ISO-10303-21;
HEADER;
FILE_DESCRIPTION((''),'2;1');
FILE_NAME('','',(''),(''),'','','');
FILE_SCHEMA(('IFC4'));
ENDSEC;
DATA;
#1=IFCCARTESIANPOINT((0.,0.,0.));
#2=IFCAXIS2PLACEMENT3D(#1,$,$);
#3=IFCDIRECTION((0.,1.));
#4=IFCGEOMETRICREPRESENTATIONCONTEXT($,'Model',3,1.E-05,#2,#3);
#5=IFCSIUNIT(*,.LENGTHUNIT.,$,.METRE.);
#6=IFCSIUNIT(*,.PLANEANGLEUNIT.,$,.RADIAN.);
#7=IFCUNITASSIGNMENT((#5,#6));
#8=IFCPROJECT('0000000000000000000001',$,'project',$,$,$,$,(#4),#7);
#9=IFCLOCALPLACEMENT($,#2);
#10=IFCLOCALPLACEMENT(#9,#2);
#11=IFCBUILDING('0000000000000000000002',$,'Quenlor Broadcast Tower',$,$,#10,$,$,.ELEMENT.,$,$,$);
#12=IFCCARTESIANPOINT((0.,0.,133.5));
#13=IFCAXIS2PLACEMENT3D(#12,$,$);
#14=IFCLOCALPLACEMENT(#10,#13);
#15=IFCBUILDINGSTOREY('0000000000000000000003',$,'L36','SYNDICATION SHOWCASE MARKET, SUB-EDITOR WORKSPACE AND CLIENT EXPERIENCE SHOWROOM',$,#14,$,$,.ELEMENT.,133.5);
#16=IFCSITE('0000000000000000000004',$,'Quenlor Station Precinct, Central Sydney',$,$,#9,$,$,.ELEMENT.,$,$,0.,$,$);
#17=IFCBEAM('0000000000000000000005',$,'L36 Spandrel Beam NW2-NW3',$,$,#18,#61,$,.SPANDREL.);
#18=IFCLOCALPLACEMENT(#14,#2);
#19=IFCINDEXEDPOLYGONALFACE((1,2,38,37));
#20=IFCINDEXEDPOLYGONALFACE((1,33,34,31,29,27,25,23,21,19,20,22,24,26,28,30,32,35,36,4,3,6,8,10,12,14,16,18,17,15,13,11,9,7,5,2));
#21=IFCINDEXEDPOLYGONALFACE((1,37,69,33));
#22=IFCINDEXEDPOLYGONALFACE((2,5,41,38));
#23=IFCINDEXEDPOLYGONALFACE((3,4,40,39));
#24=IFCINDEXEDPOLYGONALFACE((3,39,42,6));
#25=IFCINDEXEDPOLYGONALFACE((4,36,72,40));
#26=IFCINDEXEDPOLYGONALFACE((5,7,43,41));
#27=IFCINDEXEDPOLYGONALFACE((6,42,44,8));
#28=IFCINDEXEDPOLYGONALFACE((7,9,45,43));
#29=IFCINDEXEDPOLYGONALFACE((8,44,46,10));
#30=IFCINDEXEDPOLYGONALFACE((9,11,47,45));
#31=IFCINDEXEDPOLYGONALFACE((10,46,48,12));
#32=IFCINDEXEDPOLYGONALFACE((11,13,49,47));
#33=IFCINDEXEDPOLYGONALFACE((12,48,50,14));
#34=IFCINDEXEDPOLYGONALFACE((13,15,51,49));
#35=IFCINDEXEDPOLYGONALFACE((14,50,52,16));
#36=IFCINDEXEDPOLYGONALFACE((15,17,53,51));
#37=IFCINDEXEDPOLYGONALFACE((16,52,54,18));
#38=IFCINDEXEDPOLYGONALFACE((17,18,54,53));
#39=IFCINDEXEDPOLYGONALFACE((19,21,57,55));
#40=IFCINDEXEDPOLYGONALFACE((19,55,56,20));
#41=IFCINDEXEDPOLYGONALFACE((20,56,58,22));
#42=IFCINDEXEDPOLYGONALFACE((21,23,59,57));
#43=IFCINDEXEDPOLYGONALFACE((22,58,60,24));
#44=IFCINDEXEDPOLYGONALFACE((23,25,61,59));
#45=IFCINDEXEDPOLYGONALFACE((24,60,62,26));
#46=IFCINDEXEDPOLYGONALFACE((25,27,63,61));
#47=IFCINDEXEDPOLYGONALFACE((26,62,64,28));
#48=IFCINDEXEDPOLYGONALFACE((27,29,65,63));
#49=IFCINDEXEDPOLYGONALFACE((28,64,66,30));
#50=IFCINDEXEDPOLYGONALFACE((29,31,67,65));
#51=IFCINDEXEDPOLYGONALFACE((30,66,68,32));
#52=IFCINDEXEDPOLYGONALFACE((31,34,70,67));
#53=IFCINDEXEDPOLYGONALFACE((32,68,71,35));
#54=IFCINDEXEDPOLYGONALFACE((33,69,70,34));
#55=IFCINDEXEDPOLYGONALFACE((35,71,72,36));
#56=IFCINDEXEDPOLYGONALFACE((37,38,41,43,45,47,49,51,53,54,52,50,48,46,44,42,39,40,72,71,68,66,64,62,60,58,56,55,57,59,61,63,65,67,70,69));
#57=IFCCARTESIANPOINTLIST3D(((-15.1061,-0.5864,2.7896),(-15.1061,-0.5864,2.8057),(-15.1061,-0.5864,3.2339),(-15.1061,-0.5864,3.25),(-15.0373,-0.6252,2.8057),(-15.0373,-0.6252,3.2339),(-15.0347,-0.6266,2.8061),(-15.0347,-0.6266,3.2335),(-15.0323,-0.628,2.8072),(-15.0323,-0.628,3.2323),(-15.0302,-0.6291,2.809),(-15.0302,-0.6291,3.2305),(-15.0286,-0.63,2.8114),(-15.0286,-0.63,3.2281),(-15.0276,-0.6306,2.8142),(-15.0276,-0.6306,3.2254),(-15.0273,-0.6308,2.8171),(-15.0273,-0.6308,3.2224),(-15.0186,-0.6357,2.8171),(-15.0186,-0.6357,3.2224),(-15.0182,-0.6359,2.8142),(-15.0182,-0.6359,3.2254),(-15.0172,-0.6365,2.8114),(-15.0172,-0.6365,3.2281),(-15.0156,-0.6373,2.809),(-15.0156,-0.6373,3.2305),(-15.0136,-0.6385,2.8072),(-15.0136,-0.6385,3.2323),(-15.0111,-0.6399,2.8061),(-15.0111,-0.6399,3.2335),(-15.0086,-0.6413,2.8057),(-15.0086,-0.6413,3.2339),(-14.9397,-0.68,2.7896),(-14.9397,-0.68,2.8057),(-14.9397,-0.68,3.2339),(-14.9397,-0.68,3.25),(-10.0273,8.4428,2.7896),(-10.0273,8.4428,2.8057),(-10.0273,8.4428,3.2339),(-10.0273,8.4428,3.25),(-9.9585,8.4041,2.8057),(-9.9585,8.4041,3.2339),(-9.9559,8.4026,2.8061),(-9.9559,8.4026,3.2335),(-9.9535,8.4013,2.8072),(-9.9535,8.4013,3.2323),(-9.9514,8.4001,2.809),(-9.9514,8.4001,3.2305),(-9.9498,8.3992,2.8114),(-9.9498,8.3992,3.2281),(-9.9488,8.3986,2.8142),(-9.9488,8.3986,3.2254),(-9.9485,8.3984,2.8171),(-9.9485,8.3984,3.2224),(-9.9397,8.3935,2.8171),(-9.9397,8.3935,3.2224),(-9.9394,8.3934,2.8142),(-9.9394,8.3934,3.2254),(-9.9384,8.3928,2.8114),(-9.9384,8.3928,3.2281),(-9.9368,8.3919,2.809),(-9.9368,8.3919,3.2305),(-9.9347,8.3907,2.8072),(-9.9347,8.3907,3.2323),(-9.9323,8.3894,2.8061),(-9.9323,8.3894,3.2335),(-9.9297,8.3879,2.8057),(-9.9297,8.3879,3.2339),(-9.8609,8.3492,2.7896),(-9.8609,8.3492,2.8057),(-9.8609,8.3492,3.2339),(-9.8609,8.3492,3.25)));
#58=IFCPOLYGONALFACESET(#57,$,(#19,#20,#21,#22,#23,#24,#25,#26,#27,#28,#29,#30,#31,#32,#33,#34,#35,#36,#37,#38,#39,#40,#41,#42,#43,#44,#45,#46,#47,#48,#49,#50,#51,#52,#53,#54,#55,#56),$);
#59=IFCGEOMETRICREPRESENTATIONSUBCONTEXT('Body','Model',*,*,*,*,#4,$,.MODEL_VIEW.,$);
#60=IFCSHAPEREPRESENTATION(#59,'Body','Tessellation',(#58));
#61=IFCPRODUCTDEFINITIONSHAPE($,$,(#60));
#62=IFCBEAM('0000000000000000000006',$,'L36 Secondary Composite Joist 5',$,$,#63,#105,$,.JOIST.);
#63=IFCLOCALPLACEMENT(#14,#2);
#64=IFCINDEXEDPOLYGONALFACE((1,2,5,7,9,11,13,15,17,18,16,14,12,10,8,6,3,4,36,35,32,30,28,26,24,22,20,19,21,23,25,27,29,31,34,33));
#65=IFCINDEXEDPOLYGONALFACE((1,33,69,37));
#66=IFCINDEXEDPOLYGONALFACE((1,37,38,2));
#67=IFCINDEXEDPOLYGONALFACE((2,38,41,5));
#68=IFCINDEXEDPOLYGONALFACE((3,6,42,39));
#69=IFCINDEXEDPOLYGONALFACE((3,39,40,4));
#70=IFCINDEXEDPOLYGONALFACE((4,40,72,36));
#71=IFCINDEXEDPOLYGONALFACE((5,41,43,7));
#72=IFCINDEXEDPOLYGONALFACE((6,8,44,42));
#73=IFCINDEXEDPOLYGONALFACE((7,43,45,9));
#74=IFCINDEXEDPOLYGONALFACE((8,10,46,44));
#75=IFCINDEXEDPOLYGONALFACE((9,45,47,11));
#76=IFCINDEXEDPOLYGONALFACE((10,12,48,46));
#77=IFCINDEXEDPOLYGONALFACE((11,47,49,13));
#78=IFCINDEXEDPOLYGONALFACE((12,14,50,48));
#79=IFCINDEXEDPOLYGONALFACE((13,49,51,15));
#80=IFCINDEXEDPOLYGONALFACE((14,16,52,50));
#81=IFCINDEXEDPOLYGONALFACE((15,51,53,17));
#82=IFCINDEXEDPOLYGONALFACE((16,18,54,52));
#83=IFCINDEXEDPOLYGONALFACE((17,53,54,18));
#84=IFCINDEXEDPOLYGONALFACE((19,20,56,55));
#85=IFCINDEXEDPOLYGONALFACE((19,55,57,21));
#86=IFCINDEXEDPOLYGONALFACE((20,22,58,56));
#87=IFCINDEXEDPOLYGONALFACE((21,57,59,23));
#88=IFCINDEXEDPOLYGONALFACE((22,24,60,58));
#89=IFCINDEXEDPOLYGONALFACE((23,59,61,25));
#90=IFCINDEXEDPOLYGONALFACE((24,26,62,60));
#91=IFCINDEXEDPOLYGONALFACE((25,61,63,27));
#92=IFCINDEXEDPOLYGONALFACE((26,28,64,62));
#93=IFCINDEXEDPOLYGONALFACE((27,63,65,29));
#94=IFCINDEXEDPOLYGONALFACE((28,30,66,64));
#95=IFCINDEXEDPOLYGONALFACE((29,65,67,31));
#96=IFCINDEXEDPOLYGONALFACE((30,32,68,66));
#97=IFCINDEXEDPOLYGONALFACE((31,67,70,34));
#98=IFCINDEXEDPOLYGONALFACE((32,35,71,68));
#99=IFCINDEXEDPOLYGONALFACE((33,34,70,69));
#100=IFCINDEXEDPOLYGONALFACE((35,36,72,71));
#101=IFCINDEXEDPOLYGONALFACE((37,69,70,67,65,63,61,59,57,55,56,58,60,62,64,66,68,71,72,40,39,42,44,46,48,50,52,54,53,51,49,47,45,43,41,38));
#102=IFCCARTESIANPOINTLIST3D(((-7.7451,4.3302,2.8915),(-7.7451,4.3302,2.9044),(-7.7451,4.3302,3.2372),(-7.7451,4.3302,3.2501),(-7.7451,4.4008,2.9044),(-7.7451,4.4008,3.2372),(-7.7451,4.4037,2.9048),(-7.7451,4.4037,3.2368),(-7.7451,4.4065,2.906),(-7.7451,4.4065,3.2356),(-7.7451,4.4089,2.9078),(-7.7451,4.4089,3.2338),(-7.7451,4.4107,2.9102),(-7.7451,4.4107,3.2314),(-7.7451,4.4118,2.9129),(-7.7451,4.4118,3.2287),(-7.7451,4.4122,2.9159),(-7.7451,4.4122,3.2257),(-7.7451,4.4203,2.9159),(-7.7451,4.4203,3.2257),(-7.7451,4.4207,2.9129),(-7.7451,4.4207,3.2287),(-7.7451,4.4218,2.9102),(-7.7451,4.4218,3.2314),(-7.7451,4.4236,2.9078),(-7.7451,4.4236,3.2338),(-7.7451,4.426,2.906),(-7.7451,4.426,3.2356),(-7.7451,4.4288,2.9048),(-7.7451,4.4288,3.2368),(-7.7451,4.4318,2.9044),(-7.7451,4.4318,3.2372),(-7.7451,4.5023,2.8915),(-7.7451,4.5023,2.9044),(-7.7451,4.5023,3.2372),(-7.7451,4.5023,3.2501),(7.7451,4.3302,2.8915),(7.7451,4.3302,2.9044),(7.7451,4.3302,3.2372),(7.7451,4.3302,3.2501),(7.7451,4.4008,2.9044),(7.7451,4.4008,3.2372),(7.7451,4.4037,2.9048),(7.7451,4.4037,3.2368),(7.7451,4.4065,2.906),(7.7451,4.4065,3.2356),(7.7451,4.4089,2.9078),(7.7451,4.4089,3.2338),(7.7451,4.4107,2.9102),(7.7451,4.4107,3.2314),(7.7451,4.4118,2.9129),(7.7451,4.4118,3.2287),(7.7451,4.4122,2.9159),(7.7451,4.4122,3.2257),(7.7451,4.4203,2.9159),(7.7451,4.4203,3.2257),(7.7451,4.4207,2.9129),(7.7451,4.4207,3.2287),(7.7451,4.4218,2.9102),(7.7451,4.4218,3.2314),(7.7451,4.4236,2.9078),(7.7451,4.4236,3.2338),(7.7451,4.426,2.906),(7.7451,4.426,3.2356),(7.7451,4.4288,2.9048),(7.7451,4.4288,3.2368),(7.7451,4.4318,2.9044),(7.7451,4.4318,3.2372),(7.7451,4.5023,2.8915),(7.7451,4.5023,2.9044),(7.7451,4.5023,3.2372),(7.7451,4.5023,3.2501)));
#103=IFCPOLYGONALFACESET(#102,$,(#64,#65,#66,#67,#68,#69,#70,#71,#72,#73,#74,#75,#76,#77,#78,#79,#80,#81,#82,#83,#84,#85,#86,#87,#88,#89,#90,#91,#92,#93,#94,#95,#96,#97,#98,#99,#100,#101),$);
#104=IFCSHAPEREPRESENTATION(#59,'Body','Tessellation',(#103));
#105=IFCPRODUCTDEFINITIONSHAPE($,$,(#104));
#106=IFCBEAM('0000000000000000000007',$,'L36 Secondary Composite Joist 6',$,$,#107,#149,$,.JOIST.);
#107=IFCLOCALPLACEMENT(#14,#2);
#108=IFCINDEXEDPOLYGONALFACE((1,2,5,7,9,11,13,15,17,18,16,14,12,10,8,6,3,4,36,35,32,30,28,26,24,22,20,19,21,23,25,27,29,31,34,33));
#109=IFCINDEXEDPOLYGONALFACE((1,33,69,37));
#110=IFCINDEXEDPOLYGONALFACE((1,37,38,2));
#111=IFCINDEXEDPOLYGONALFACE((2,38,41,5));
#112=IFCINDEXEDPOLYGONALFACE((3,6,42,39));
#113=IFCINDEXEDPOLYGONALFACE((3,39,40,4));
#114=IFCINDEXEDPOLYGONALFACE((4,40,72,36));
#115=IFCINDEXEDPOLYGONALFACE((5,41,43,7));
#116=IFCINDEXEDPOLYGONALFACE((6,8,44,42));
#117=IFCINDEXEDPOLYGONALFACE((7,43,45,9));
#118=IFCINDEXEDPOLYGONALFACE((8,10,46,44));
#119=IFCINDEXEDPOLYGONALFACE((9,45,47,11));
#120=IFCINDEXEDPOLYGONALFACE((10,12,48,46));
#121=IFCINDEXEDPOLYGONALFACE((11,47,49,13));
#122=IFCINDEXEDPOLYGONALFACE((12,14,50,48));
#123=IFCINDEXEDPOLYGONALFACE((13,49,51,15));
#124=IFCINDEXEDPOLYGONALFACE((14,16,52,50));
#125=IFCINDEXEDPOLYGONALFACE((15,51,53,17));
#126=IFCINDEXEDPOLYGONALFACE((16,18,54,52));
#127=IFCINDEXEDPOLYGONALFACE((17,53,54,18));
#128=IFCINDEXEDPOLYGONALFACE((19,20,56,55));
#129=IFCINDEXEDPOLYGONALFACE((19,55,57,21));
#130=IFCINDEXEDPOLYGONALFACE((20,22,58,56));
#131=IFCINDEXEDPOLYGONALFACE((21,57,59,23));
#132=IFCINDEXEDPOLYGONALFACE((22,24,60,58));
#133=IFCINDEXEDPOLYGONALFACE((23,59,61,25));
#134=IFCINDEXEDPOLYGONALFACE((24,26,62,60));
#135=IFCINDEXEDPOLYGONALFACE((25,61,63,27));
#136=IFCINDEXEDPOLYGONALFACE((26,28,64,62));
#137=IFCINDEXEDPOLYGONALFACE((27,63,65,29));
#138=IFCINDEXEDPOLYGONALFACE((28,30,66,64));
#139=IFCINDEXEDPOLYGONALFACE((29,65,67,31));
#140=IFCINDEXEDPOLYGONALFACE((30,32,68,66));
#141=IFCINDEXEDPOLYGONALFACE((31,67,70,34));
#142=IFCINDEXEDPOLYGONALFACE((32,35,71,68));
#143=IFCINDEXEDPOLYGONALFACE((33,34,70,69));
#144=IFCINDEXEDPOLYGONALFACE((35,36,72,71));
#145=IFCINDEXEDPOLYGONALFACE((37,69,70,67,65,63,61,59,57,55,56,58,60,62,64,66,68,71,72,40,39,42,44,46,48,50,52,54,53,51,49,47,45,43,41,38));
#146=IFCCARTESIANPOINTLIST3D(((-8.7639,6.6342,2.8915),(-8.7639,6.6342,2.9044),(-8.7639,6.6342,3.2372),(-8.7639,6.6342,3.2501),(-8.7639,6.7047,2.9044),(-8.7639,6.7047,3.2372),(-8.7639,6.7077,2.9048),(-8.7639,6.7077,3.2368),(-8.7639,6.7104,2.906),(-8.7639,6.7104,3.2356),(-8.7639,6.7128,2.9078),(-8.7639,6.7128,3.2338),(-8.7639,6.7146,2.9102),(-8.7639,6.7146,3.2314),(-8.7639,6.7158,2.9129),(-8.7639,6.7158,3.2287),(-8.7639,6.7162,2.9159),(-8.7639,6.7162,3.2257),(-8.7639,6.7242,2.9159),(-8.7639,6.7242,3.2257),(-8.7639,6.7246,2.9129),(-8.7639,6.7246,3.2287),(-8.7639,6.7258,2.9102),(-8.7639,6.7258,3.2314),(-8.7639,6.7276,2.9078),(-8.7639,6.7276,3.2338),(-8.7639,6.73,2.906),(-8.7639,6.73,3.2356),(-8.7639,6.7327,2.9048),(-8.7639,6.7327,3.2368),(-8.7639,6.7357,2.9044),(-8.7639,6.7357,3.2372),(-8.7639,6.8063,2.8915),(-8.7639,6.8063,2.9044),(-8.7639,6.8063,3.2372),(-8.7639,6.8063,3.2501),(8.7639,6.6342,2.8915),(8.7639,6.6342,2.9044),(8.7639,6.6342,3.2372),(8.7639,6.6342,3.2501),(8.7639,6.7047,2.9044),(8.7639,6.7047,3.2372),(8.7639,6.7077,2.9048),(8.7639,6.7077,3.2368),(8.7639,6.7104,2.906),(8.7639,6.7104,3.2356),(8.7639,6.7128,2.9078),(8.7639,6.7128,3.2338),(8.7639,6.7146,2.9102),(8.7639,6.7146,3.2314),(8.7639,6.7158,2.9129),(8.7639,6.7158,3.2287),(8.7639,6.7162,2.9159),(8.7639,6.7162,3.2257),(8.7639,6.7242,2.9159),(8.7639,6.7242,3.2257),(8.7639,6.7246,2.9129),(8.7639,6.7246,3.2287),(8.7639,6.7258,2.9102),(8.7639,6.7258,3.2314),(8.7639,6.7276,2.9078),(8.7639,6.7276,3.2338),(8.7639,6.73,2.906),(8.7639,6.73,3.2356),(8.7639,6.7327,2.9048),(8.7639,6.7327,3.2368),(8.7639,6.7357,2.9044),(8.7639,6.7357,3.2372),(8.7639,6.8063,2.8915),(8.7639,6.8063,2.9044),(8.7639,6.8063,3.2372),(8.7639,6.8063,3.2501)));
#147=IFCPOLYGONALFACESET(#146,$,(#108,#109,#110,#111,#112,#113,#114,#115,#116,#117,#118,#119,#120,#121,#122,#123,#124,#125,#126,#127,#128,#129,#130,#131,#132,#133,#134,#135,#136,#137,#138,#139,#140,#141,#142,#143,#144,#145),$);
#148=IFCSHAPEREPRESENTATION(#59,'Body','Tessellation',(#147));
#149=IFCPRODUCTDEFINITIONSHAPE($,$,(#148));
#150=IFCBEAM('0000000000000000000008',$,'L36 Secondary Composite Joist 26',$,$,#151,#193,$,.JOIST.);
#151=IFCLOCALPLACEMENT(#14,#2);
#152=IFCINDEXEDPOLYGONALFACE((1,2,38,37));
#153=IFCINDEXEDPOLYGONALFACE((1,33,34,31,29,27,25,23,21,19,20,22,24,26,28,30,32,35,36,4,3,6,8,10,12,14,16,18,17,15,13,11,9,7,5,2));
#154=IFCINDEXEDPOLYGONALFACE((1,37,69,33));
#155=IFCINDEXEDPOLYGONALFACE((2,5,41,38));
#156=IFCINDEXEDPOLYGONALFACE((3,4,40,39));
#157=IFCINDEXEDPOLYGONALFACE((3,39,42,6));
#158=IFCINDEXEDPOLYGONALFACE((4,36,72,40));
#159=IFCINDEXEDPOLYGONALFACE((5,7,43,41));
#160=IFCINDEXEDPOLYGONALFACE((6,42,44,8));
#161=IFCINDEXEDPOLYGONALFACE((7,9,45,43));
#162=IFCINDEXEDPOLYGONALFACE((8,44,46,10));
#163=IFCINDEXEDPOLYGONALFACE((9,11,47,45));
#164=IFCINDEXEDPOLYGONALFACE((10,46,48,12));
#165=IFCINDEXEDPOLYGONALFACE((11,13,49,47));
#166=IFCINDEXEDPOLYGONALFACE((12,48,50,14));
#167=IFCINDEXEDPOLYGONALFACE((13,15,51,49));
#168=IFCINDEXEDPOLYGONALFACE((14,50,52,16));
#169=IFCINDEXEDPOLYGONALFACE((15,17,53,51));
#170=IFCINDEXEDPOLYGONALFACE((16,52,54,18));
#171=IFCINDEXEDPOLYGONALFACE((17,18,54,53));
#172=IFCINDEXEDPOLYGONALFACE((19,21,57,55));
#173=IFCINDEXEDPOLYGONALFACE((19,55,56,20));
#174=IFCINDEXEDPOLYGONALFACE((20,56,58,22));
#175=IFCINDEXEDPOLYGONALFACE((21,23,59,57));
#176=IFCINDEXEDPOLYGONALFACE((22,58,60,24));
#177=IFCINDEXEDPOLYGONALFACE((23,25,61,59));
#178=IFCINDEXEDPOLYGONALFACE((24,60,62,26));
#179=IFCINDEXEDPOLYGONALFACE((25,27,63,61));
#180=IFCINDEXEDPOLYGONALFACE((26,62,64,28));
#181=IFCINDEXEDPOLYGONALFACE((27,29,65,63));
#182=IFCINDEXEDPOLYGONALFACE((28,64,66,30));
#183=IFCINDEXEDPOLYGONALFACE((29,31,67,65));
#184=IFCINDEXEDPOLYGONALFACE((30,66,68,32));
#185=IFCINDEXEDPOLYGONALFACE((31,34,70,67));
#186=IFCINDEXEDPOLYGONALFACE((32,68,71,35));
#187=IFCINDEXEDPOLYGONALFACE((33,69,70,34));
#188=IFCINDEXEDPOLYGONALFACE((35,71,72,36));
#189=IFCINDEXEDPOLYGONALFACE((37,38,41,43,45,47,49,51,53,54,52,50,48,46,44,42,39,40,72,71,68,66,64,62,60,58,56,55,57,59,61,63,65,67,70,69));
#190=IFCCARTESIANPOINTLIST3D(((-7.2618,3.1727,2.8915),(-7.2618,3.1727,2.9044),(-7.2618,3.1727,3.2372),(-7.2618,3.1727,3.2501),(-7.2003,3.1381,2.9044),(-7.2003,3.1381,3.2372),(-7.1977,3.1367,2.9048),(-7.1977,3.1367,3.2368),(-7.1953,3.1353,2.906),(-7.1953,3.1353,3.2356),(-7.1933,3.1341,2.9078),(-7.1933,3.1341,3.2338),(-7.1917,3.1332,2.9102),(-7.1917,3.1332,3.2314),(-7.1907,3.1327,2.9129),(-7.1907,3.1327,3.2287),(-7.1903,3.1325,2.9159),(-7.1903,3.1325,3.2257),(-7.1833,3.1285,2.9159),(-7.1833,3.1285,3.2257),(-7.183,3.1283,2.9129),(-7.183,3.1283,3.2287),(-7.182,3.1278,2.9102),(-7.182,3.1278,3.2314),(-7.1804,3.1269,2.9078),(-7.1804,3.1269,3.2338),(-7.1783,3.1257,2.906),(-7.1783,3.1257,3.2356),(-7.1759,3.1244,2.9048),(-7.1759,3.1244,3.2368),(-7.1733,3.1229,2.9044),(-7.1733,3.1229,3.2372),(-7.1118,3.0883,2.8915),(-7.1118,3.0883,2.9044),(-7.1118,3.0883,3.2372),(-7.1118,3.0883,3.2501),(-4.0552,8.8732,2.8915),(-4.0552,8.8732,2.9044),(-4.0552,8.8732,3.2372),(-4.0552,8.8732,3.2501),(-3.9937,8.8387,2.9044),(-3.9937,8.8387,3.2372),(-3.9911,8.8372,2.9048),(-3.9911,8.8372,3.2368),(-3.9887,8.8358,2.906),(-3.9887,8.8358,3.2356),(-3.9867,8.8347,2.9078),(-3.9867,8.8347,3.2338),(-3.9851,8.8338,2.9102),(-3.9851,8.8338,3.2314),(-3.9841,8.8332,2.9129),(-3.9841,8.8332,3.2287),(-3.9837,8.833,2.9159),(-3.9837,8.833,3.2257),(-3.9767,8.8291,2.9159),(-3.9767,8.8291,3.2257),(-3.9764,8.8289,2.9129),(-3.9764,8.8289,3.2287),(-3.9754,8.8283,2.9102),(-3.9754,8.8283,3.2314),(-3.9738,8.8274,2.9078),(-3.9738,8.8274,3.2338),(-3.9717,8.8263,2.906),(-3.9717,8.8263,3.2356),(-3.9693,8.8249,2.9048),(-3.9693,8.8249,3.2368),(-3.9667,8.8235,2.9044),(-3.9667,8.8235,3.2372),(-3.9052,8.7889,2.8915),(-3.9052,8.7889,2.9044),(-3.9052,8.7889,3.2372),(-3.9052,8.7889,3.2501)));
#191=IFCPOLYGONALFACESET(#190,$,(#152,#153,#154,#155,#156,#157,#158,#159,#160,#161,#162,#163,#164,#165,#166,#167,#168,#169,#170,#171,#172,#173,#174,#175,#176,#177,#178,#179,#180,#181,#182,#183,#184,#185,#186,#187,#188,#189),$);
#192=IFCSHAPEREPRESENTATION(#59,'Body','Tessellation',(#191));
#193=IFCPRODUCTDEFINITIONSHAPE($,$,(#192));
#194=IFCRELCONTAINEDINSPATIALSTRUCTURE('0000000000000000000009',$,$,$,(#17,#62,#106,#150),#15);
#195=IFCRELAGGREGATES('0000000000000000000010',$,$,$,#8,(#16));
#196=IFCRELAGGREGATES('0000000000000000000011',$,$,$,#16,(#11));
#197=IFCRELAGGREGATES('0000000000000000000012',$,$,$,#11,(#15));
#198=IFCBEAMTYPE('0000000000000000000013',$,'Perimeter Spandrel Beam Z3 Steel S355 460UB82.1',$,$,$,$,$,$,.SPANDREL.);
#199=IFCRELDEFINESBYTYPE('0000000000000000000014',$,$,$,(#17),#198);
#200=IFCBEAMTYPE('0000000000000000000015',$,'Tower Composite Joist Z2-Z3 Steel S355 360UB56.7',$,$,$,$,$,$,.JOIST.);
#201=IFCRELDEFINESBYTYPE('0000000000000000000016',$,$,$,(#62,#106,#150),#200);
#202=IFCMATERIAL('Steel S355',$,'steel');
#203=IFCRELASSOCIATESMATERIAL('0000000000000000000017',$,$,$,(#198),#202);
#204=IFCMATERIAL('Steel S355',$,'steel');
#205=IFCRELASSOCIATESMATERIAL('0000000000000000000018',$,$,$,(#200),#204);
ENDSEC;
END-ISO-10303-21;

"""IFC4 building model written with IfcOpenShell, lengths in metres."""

from ifc_helpers import new_model, si_unit, direction, frame, origin, origin_2d, place, context, subcontext, project, spatial, i_section, extrude, material, material_profile, profile_set, type_object, element, save


model = new_model("IFC4")

# Units and contexts
model_context = context("Model", 3, precision=1e-05, world=origin(), true_north=direction((0.0, 1.0)))
body_context = subcontext(model_context, "Body", "Model", "MODEL_VIEW")
ifc_project = project(units=[si_unit("LENGTHUNIT", "METRE"), si_unit("PLANEANGLEUNIT", "RADIAN")], contexts=[model_context])

# Site, building, storey
site_placement = place(None, origin())
site = spatial("IfcSite", under=ifc_project, at=site_placement, Name="Quenlor Station Precinct, Central Sydney", CompositionType="ELEMENT", RefElevation=0.0)
building_placement = place(site_placement, origin())
building = spatial("IfcBuilding", under=site, at=building_placement, Name="Quenlor Broadcast Tower", CompositionType="ELEMENT")
storey_placement = place(building_placement, frame((0.0, 0.0, 133.5)))
storey = spatial("IfcBuildingStorey", under=building, at=storey_placement, Name="L36", Description="SYNDICATION SHOWCASE MARKET, SUB-EDITOR WORKSPACE AND CLIENT EXPERIENCE SHOWROOM", CompositionType="ELEMENT", Elevation=133.5)

# Beams
ifc_material_1 = material(Name="Steel S355", Category="steel")
ifc_material_profile_1 = material_profile(ifc_material_1, i_section(OverallWidth=0.1909, OverallDepth=0.4604, WebThickness=0.01, FlangeThickness=0.0161, FilletRadius=0.0115, at=origin_2d()))
ifc_profile_set_1 = profile_set([ifc_material_profile_1], Name="Steel S355 460UB82.1")
beam_type_1 = type_object("IfcBeamType", Name="Perimeter Spandrel Beam Z3 Steel S355 460UB82.1", PredefinedType="SPANDREL", material=ifc_profile_set_1)
beam_1_placement = place(storey_placement, frame((-9.9441, 8.396, 3.0198), z_axis=(-0.490252, -0.871581, 0.0), x_axis=(0.871581, -0.490252, 0.0)))
element("IfcBeam", 1, at=beam_1_placement, inside=storey, type_object=beam_type_1, Name="L36 Spandrel Beam NW2-NW3", PredefinedType="SPANDREL", context=body_context, shape_type="SweptSolid", body=[
    extrude(i_section(OverallWidth=0.1909, OverallDepth=0.4604, WebThickness=0.01, FlangeThickness=0.0161, FilletRadius=0.0115, at=origin_2d()), origin(), (0.0, 0.0, 1.0), 10.3596),
])
ifc_material_2 = material(Name="Steel S355", Category="steel")
ifc_material_profile_2 = material_profile(ifc_material_2, i_section(OverallWidth=0.1721, OverallDepth=0.3586, WebThickness=0.0081, FlangeThickness=0.0129, FilletRadius=0.0115, at=origin_2d()))
ifc_profile_set_2 = profile_set([ifc_material_profile_2], Name="Steel S355 360UB56.7")
beam_type_2 = type_object("IfcBeamType", Name="Tower Composite Joist Z2-Z3 Steel S355 360UB56.7", PredefinedType="JOIST", material=ifc_profile_set_2)
beam_2_placement = place(storey_placement, frame((-7.7451, 4.4163, 3.0708), z_axis=(1.0, 0.0, 0.0), x_axis=(0.0, 1.0, 0.0)))
element("IfcBeam", 2, at=beam_2_placement, inside=storey, type_object=beam_type_2, Name="L36 Secondary Composite Joist 5", PredefinedType="JOIST", context=body_context, shape_type="SweptSolid", body=[
    extrude(i_section(OverallWidth=0.1721, OverallDepth=0.3586, WebThickness=0.0081, FlangeThickness=0.0129, FilletRadius=0.0115, at=origin_2d()), origin(), (0.0, 0.0, 1.0), 15.4902),
])
beam_3_placement = place(storey_placement, frame((-8.7639, 6.7202, 3.0708), z_axis=(1.0, 0.0, 0.0), x_axis=(0.0, 1.0, 0.0)))
element("IfcBeam", 3, at=beam_3_placement, inside=storey, type_object=beam_type_2, Name="L36 Secondary Composite Joist 6", PredefinedType="JOIST", context=body_context, shape_type="SweptSolid", body=[
    extrude(i_section(OverallWidth=0.1721, OverallDepth=0.3586, WebThickness=0.0081, FlangeThickness=0.0129, FilletRadius=0.0115, at=origin_2d()), origin(), (0.0, 0.0, 1.0), 17.5278),
])
beam_4_placement = place(storey_placement, frame((-3.9802, 8.8311, 3.0708), z_axis=(-0.490267, -0.871573, 0.0), x_axis=(0.871573, -0.490267, 0.0)))
element("IfcBeam", 4, at=beam_4_placement, inside=storey, type_object=beam_type_2, Name="L36 Secondary Composite Joist 26", PredefinedType="JOIST", context=body_context, shape_type="SweptSolid", body=[
    extrude(i_section(OverallWidth=0.1721, OverallDepth=0.3586, WebThickness=0.0081, FlangeThickness=0.0129, FilletRadius=0.0115, at=origin_2d()), origin(), (0.0, 0.0, 1.0), 6.5405),
])

save(model, "model.ifc")
